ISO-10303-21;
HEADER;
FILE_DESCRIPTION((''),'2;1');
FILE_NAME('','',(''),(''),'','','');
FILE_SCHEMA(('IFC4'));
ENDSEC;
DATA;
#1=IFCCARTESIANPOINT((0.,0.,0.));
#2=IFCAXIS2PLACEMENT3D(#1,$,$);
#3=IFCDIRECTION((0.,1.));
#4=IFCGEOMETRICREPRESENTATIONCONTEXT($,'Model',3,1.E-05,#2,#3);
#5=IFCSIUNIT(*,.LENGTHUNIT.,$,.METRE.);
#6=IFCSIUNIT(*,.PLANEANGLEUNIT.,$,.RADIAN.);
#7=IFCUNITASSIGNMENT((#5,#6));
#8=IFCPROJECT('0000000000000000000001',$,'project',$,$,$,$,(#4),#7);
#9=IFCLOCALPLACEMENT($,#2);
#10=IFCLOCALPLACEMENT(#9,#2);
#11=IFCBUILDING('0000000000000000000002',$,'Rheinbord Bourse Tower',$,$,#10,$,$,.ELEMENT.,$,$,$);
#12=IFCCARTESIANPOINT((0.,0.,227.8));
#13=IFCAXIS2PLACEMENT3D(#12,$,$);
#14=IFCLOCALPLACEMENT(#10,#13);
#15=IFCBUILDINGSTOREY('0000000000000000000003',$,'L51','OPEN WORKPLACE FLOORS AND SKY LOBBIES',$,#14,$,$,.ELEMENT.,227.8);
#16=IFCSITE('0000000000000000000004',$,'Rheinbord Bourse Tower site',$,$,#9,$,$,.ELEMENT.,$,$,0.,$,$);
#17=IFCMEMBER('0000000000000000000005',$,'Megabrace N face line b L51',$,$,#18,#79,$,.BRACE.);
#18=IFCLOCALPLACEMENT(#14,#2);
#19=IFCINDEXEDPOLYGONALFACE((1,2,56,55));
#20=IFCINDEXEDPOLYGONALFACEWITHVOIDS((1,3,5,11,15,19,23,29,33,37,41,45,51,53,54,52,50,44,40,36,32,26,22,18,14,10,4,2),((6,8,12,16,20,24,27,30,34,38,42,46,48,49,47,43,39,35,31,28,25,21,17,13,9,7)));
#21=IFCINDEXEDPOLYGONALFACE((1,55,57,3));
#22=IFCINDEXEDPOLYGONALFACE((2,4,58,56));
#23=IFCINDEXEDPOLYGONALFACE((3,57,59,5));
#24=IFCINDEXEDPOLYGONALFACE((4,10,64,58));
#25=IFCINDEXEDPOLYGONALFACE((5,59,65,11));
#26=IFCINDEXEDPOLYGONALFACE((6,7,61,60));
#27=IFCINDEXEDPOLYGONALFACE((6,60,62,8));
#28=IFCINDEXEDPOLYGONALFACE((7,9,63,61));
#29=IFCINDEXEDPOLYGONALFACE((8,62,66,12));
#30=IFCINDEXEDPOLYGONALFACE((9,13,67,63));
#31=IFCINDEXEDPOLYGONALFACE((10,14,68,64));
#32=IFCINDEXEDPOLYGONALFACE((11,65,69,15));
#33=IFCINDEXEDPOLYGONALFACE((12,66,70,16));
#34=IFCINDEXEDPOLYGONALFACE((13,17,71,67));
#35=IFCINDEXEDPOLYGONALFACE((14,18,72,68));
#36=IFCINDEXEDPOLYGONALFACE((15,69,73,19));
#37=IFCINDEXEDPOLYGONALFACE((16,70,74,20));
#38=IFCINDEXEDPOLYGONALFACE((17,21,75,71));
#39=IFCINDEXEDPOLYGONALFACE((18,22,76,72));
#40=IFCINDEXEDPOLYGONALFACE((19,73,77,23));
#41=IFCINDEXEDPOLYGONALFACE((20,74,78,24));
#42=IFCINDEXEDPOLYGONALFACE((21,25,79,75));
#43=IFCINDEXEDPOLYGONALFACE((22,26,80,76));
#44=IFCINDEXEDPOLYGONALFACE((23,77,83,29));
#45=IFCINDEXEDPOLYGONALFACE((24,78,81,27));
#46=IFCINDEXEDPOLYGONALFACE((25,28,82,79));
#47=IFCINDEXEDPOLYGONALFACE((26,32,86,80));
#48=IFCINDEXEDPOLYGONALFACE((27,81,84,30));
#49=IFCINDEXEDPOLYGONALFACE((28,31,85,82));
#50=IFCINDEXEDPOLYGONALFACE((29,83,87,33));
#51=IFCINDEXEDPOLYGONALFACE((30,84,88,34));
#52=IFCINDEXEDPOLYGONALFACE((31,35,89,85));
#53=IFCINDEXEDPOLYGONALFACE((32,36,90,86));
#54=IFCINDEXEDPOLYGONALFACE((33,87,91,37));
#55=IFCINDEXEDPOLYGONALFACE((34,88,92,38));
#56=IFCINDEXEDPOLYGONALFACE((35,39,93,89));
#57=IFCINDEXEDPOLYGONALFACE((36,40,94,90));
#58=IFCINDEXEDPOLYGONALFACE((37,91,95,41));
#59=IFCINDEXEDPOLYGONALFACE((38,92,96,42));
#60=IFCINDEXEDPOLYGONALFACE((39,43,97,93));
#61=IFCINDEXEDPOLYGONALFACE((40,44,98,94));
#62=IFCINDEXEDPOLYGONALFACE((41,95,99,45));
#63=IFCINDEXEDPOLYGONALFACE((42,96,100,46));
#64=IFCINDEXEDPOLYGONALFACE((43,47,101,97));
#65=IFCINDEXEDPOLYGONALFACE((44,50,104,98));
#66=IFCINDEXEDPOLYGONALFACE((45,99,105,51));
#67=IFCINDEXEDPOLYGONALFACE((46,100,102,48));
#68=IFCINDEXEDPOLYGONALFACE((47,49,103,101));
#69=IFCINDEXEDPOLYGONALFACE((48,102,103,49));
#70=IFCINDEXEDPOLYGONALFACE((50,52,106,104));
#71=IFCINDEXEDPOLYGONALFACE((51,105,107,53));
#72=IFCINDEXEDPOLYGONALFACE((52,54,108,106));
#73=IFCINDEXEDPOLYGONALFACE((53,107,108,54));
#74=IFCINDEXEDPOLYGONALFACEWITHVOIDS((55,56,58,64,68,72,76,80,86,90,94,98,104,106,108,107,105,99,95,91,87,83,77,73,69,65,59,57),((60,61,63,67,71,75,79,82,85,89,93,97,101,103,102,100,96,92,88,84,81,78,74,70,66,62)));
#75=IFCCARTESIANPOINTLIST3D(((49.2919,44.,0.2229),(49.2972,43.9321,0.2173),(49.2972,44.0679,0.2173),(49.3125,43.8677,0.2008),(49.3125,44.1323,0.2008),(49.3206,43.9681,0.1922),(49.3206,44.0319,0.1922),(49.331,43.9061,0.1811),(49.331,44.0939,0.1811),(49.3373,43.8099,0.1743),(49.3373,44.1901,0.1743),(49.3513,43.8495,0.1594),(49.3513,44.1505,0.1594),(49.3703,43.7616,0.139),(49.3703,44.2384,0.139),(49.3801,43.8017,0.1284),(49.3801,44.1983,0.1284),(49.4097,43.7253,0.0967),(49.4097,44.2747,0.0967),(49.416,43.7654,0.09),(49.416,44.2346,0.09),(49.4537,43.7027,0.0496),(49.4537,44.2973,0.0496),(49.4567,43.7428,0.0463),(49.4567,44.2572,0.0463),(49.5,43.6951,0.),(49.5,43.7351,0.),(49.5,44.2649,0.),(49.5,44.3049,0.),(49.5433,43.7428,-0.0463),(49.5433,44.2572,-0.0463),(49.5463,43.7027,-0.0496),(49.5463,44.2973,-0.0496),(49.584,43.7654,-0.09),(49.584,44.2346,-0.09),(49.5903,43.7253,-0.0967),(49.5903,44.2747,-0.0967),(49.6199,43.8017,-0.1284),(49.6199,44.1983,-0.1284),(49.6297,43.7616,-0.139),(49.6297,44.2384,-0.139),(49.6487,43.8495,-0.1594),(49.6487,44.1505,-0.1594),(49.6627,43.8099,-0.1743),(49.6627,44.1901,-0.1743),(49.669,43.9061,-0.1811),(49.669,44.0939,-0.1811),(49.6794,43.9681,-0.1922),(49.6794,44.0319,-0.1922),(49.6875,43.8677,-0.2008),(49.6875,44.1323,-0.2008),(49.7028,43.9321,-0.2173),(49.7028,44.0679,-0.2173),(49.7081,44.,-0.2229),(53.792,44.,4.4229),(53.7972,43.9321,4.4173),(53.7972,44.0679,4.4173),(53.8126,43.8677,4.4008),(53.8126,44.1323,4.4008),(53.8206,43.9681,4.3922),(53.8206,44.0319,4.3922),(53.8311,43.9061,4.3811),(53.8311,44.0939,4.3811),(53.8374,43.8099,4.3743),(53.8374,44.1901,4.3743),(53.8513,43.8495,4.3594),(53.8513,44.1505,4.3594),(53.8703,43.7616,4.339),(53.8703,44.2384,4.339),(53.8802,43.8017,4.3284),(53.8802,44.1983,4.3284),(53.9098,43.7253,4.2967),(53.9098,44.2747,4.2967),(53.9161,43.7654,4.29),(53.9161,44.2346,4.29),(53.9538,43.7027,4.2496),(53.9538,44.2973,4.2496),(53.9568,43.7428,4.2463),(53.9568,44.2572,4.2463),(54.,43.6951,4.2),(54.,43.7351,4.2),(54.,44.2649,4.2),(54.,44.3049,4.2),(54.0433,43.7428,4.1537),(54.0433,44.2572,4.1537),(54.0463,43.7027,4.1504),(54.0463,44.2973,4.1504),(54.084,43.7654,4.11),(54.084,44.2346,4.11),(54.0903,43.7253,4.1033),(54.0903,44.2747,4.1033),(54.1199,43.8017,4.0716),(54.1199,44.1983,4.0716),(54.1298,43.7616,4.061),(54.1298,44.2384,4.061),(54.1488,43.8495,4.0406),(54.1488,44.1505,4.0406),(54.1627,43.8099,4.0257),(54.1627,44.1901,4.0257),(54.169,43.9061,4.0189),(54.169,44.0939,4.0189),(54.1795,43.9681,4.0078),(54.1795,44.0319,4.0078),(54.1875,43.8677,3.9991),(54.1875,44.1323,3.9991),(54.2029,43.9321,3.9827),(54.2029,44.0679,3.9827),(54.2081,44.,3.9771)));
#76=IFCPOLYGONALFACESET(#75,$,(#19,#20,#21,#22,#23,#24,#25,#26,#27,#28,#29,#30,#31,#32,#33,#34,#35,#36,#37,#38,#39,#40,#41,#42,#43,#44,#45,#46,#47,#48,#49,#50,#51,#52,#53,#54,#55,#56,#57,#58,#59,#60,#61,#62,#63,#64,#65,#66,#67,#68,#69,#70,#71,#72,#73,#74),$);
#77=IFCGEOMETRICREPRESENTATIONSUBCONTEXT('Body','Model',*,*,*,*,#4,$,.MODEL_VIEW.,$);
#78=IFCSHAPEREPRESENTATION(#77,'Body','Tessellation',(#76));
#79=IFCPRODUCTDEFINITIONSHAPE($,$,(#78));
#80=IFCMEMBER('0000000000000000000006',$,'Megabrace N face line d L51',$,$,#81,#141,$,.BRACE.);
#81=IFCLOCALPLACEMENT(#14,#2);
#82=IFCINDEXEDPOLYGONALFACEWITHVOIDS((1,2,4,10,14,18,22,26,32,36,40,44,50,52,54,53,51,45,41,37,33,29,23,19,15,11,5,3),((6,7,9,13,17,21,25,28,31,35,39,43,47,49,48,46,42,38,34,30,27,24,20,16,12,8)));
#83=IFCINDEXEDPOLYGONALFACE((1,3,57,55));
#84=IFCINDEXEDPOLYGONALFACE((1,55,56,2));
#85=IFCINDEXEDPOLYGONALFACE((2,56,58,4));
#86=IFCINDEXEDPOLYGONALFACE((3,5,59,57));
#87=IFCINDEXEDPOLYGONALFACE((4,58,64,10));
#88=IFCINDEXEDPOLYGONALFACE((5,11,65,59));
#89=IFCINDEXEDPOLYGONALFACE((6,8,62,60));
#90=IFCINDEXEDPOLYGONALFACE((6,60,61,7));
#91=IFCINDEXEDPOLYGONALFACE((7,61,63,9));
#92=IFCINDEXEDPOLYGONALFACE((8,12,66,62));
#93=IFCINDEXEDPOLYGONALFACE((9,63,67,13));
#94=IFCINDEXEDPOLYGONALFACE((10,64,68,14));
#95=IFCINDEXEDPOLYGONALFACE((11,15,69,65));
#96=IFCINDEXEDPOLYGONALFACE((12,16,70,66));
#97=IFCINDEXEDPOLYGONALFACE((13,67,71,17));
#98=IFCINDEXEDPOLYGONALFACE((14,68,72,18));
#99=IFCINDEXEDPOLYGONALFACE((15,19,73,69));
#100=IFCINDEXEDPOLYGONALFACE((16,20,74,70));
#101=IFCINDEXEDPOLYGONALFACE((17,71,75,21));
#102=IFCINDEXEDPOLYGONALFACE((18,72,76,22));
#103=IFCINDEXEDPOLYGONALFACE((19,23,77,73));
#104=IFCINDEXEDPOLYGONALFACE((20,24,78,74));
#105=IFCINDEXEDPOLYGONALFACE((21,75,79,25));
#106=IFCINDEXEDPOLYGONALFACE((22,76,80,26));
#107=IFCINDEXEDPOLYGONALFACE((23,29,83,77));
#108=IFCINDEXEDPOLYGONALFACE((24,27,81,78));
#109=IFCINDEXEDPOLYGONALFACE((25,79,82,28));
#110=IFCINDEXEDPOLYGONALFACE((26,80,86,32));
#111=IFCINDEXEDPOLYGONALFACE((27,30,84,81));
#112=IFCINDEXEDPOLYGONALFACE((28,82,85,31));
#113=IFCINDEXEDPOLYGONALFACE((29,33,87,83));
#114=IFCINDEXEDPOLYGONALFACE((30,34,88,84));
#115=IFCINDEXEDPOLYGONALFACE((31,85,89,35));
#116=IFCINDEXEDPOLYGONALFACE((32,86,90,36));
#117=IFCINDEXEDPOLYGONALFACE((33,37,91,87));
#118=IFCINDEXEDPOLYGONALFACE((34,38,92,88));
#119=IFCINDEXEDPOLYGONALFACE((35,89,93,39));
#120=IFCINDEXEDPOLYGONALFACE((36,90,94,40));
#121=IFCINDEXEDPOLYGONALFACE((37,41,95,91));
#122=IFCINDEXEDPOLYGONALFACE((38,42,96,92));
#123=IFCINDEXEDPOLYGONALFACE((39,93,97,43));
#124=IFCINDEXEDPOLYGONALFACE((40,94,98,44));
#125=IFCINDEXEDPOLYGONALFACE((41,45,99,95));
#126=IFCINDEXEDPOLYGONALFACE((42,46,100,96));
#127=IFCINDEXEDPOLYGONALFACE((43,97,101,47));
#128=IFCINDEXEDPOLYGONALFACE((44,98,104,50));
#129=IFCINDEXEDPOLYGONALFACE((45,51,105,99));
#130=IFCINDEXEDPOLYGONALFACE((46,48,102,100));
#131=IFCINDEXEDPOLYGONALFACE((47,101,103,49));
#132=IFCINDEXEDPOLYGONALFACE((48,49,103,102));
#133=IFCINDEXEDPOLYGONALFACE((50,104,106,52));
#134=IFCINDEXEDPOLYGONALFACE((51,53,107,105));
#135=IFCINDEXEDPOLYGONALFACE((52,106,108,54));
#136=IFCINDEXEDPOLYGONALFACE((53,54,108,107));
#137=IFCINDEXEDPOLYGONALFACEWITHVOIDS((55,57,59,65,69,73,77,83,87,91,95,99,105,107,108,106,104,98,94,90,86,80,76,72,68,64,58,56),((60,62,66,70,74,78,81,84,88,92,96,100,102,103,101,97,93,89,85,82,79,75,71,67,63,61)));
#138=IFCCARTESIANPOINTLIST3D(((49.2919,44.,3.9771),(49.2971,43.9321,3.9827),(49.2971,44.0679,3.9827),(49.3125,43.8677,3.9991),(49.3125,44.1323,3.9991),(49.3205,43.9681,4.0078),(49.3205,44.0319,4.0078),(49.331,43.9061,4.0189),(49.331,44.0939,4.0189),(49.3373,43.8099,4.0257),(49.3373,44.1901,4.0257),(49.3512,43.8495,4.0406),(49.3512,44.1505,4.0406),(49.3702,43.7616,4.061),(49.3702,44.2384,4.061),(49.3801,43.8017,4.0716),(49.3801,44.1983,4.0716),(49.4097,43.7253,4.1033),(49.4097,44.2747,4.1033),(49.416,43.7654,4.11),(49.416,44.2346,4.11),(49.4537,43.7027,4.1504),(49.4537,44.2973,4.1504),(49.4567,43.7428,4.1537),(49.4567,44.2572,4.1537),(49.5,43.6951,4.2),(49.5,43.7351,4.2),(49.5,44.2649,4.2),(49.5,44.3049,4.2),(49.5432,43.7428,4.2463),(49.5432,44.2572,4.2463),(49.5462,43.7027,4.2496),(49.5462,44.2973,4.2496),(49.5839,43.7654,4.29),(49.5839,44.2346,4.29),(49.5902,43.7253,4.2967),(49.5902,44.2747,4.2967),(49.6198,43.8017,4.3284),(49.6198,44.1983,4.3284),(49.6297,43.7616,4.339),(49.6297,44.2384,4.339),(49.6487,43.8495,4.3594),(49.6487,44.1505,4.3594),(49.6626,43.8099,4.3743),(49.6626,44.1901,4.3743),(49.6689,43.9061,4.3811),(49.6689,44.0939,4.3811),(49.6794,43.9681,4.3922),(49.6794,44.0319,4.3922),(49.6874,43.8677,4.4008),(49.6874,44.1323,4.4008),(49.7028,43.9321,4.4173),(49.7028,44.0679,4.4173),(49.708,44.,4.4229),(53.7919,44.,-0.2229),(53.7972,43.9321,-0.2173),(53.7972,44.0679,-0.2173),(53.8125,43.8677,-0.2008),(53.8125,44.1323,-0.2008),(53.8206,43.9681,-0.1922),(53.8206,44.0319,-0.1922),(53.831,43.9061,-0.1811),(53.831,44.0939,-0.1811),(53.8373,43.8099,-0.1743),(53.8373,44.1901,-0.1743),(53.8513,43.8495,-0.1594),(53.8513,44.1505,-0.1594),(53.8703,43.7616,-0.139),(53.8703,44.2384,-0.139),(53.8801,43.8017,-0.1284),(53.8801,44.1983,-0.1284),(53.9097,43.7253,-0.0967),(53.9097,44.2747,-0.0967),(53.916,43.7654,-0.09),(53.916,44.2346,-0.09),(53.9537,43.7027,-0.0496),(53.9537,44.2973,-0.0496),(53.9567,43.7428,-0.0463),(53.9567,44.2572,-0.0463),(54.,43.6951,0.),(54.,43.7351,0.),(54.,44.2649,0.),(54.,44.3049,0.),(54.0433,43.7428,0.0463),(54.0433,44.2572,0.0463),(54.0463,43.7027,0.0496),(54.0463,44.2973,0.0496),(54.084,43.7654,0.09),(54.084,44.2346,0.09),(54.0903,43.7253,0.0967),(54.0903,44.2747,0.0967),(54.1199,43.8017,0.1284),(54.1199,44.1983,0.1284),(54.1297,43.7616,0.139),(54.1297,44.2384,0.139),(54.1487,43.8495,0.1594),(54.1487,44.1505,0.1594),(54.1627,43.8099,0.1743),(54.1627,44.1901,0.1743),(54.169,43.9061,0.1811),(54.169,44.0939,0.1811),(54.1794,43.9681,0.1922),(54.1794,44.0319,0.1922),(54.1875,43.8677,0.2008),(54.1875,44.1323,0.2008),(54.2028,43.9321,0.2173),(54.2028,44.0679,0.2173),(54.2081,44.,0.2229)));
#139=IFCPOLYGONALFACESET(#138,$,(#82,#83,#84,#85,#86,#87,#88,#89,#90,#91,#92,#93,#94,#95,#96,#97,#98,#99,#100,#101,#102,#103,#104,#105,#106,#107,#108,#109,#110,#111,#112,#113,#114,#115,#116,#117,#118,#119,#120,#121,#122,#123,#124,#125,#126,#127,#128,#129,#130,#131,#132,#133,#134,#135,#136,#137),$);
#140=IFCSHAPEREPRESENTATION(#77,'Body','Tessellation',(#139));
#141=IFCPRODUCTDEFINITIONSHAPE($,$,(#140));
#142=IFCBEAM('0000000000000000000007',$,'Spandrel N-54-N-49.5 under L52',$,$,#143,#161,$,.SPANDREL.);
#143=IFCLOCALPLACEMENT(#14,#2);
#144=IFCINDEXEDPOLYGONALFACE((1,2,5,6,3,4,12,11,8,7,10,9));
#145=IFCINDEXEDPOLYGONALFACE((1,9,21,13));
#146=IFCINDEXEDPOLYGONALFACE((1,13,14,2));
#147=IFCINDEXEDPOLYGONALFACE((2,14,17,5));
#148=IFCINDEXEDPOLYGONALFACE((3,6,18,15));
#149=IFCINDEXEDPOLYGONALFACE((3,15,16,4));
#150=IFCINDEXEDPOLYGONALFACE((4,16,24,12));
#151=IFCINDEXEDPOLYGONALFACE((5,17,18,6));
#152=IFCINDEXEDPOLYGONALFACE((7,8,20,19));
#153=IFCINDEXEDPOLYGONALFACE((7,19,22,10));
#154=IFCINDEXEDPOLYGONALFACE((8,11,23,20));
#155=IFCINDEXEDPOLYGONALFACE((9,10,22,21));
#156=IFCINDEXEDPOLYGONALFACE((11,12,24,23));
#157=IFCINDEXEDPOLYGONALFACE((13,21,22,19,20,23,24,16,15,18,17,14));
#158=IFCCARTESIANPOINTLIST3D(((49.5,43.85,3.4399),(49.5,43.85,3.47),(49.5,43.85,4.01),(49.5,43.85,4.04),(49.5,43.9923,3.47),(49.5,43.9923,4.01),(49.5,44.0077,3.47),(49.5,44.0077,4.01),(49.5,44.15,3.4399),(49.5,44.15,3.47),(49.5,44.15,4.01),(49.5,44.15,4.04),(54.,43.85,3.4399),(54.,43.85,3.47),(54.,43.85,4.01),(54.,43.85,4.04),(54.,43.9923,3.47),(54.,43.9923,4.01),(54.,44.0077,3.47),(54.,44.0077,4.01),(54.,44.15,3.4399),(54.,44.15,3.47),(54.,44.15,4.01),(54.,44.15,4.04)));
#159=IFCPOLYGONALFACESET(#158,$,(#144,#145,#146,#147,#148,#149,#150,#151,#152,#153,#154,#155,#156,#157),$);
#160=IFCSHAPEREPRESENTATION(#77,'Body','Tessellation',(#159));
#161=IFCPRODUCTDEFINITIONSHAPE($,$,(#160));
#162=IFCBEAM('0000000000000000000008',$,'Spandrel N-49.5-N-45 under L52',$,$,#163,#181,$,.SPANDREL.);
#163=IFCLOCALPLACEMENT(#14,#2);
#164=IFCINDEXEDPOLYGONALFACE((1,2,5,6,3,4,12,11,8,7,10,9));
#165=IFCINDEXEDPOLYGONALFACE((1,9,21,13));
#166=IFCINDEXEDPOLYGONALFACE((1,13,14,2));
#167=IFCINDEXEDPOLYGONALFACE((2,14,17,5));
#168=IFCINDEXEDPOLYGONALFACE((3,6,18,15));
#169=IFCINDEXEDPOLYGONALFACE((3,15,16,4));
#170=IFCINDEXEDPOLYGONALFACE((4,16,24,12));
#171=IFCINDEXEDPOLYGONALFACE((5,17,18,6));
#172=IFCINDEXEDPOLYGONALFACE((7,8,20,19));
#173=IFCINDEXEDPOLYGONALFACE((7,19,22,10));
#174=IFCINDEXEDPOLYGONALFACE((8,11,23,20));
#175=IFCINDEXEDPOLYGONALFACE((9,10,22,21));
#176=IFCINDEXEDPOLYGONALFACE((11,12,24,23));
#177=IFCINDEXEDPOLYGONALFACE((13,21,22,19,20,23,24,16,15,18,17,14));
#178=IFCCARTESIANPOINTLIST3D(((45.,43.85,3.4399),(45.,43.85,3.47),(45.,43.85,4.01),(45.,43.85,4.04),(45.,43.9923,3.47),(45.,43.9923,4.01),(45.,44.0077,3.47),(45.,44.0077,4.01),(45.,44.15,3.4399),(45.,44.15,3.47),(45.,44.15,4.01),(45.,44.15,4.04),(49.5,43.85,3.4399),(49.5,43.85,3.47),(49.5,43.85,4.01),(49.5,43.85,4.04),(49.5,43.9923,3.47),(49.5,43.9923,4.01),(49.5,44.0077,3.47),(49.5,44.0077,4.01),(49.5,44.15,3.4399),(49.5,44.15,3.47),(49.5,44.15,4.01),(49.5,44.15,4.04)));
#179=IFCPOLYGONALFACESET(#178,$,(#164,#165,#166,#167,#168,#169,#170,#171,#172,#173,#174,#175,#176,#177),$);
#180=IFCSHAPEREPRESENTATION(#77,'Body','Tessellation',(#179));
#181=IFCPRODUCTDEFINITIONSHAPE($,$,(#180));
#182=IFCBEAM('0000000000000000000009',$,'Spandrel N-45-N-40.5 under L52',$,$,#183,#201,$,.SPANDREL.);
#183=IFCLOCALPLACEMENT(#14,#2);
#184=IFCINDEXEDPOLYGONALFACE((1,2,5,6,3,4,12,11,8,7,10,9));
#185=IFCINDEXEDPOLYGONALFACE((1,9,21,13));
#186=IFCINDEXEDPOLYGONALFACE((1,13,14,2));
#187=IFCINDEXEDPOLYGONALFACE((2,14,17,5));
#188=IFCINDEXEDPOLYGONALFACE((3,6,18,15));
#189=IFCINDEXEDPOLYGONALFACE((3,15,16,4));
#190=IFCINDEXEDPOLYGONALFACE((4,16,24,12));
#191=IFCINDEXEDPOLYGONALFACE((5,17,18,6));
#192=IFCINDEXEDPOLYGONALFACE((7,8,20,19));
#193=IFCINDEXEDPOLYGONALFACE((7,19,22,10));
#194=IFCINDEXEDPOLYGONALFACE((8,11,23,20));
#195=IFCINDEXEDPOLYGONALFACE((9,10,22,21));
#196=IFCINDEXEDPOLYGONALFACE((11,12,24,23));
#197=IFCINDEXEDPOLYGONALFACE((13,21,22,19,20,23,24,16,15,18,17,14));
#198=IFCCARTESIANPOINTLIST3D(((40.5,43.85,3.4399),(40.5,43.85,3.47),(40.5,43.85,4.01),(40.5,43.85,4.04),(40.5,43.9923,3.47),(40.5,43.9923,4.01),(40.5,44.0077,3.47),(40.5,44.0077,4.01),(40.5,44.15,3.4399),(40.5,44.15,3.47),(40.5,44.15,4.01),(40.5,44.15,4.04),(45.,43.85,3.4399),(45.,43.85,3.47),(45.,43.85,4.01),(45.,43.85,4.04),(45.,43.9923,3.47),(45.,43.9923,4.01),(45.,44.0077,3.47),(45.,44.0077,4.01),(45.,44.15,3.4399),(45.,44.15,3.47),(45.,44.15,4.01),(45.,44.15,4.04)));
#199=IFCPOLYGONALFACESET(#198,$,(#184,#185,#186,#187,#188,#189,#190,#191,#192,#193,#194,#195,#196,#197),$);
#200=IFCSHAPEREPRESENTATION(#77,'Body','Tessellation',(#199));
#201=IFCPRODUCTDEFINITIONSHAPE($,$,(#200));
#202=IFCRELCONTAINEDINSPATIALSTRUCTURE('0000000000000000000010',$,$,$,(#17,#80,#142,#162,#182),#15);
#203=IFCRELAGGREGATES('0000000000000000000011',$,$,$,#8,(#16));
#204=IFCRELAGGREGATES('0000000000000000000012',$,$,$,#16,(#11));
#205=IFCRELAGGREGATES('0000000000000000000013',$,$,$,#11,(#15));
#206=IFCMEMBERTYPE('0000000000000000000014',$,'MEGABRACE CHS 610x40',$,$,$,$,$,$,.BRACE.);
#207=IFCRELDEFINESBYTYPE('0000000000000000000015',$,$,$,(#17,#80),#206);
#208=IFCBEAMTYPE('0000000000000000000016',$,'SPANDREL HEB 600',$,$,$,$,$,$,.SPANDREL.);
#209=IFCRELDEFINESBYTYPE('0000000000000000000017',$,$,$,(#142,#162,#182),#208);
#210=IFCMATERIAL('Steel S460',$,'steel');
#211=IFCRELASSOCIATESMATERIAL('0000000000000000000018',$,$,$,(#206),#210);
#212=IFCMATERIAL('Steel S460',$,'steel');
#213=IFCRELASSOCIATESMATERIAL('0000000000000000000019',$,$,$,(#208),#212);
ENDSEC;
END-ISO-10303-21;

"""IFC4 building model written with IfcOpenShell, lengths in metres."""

from ifc_helpers import new_model, si_unit, direction, frame, origin, origin_2d, place, context, subcontext, project, spatial, hollow_circle, i_section, extrude, material, material_profile, profile_set, type_object, element, save


model = new_model("IFC4")

# Units and contexts
model_context = context("Model", 3, precision=1e-05, world=origin(), true_north=direction((0.0, 1.0)))
body_context = subcontext(model_context, "Body", "Model", "MODEL_VIEW")
ifc_project = project(units=[si_unit("LENGTHUNIT", "METRE"), si_unit("PLANEANGLEUNIT", "RADIAN")], contexts=[model_context])

# Site, building, storey
site_placement = place(None, origin())
site = spatial("IfcSite", under=ifc_project, at=site_placement, Name="Rheinbord Bourse Tower site", CompositionType="ELEMENT", RefElevation=0.0)
building_placement = place(site_placement, origin())
building = spatial("IfcBuilding", under=site, at=building_placement, Name="Rheinbord Bourse Tower", CompositionType="ELEMENT")
storey_placement = place(building_placement, frame((0.0, 0.0, 227.8)))
storey = spatial("IfcBuildingStorey", under=building, at=storey_placement, Name="L51", Description="OPEN WORKPLACE FLOORS AND SKY LOBBIES", CompositionType="ELEMENT", Elevation=227.8)

# Members
ifc_material_1 = material(Name="Steel S460", Category="steel")
ifc_material_profile_1 = material_profile(ifc_material_1, hollow_circle(Radius=0.3049, WallThickness=0.04, at=origin_2d()), Name="CHS 610x40")
ifc_profile_set_1 = profile_set([ifc_material_profile_1], Name="Steel S460")
member_type_1 = type_object("IfcMemberType", Name="MEGABRACE CHS 610x40", PredefinedType="BRACE", material=ifc_profile_set_1)
for number, where, z_axis, x_axis, name in (
    (1, (49.5, 44.0, 0.0), (0.731059, 0.0, 0.682314), (0.0, 1.0, 0.0), "Megabrace N face line b L51"),
    (2, (54.0, 44.0, 0.0), (-0.731059, 0.0, 0.682314), (0.0, -1.0, 0.0), "Megabrace N face line d L51"),
):
    element("IfcMember", number, at=place(storey_placement, frame(where, z_axis=z_axis, x_axis=x_axis)), inside=storey, type_object=member_type_1, Name=name, PredefinedType="BRACE", context=body_context, shape_type="SweptSolid", body=[
        extrude(hollow_circle(Radius=0.3049, WallThickness=0.04, at=origin_2d()), origin(), (0.0, 0.0, 1.0), 6.1555),
    ])

# Beams
ifc_material_2 = material(Name="Steel S460", Category="steel")
ifc_material_profile_2 = material_profile(ifc_material_2, i_section(OverallWidth=0.3, OverallDepth=0.6001, WebThickness=0.0154, FlangeThickness=0.03, at=origin_2d()), Name="HEB 600")
ifc_profile_set_2 = profile_set([ifc_material_profile_2], Name="Steel S460")
beam_type_1 = type_object("IfcBeamType", Name="SPANDREL HEB 600", PredefinedType="SPANDREL", material=ifc_profile_set_2)
for number, where, z_axis, x_axis, name in (
    (3, (54.0, 44.0, 3.74), (-1.0, 0.0, 0.0), (0.0, -1.0, 0.0), "Spandrel N-54-N-49.5 under L52"),
    (4, (49.5, 44.0, 3.74), (-1.0, 0.0, 0.0), (0.0, -1.0, 0.0), "Spandrel N-49.5-N-45 under L52"),
    (5, (45.0, 44.0, 3.74), (-1.0, 0.0, 0.0), (0.0, -1.0, 0.0), "Spandrel N-45-N-40.5 under L52"),
):
    element("IfcBeam", number, at=place(storey_placement, frame(where, z_axis=z_axis, x_axis=x_axis)), inside=storey, type_object=beam_type_1, Name=name, PredefinedType="SPANDREL", context=body_context, shape_type="SweptSolid", body=[
        extrude(i_section(OverallWidth=0.3, OverallDepth=0.6001, WebThickness=0.0154, FlangeThickness=0.03, at=origin_2d()), origin(), (0.0, 0.0, 1.0), 4.5),
    ])

save(model, "model.ifc")
